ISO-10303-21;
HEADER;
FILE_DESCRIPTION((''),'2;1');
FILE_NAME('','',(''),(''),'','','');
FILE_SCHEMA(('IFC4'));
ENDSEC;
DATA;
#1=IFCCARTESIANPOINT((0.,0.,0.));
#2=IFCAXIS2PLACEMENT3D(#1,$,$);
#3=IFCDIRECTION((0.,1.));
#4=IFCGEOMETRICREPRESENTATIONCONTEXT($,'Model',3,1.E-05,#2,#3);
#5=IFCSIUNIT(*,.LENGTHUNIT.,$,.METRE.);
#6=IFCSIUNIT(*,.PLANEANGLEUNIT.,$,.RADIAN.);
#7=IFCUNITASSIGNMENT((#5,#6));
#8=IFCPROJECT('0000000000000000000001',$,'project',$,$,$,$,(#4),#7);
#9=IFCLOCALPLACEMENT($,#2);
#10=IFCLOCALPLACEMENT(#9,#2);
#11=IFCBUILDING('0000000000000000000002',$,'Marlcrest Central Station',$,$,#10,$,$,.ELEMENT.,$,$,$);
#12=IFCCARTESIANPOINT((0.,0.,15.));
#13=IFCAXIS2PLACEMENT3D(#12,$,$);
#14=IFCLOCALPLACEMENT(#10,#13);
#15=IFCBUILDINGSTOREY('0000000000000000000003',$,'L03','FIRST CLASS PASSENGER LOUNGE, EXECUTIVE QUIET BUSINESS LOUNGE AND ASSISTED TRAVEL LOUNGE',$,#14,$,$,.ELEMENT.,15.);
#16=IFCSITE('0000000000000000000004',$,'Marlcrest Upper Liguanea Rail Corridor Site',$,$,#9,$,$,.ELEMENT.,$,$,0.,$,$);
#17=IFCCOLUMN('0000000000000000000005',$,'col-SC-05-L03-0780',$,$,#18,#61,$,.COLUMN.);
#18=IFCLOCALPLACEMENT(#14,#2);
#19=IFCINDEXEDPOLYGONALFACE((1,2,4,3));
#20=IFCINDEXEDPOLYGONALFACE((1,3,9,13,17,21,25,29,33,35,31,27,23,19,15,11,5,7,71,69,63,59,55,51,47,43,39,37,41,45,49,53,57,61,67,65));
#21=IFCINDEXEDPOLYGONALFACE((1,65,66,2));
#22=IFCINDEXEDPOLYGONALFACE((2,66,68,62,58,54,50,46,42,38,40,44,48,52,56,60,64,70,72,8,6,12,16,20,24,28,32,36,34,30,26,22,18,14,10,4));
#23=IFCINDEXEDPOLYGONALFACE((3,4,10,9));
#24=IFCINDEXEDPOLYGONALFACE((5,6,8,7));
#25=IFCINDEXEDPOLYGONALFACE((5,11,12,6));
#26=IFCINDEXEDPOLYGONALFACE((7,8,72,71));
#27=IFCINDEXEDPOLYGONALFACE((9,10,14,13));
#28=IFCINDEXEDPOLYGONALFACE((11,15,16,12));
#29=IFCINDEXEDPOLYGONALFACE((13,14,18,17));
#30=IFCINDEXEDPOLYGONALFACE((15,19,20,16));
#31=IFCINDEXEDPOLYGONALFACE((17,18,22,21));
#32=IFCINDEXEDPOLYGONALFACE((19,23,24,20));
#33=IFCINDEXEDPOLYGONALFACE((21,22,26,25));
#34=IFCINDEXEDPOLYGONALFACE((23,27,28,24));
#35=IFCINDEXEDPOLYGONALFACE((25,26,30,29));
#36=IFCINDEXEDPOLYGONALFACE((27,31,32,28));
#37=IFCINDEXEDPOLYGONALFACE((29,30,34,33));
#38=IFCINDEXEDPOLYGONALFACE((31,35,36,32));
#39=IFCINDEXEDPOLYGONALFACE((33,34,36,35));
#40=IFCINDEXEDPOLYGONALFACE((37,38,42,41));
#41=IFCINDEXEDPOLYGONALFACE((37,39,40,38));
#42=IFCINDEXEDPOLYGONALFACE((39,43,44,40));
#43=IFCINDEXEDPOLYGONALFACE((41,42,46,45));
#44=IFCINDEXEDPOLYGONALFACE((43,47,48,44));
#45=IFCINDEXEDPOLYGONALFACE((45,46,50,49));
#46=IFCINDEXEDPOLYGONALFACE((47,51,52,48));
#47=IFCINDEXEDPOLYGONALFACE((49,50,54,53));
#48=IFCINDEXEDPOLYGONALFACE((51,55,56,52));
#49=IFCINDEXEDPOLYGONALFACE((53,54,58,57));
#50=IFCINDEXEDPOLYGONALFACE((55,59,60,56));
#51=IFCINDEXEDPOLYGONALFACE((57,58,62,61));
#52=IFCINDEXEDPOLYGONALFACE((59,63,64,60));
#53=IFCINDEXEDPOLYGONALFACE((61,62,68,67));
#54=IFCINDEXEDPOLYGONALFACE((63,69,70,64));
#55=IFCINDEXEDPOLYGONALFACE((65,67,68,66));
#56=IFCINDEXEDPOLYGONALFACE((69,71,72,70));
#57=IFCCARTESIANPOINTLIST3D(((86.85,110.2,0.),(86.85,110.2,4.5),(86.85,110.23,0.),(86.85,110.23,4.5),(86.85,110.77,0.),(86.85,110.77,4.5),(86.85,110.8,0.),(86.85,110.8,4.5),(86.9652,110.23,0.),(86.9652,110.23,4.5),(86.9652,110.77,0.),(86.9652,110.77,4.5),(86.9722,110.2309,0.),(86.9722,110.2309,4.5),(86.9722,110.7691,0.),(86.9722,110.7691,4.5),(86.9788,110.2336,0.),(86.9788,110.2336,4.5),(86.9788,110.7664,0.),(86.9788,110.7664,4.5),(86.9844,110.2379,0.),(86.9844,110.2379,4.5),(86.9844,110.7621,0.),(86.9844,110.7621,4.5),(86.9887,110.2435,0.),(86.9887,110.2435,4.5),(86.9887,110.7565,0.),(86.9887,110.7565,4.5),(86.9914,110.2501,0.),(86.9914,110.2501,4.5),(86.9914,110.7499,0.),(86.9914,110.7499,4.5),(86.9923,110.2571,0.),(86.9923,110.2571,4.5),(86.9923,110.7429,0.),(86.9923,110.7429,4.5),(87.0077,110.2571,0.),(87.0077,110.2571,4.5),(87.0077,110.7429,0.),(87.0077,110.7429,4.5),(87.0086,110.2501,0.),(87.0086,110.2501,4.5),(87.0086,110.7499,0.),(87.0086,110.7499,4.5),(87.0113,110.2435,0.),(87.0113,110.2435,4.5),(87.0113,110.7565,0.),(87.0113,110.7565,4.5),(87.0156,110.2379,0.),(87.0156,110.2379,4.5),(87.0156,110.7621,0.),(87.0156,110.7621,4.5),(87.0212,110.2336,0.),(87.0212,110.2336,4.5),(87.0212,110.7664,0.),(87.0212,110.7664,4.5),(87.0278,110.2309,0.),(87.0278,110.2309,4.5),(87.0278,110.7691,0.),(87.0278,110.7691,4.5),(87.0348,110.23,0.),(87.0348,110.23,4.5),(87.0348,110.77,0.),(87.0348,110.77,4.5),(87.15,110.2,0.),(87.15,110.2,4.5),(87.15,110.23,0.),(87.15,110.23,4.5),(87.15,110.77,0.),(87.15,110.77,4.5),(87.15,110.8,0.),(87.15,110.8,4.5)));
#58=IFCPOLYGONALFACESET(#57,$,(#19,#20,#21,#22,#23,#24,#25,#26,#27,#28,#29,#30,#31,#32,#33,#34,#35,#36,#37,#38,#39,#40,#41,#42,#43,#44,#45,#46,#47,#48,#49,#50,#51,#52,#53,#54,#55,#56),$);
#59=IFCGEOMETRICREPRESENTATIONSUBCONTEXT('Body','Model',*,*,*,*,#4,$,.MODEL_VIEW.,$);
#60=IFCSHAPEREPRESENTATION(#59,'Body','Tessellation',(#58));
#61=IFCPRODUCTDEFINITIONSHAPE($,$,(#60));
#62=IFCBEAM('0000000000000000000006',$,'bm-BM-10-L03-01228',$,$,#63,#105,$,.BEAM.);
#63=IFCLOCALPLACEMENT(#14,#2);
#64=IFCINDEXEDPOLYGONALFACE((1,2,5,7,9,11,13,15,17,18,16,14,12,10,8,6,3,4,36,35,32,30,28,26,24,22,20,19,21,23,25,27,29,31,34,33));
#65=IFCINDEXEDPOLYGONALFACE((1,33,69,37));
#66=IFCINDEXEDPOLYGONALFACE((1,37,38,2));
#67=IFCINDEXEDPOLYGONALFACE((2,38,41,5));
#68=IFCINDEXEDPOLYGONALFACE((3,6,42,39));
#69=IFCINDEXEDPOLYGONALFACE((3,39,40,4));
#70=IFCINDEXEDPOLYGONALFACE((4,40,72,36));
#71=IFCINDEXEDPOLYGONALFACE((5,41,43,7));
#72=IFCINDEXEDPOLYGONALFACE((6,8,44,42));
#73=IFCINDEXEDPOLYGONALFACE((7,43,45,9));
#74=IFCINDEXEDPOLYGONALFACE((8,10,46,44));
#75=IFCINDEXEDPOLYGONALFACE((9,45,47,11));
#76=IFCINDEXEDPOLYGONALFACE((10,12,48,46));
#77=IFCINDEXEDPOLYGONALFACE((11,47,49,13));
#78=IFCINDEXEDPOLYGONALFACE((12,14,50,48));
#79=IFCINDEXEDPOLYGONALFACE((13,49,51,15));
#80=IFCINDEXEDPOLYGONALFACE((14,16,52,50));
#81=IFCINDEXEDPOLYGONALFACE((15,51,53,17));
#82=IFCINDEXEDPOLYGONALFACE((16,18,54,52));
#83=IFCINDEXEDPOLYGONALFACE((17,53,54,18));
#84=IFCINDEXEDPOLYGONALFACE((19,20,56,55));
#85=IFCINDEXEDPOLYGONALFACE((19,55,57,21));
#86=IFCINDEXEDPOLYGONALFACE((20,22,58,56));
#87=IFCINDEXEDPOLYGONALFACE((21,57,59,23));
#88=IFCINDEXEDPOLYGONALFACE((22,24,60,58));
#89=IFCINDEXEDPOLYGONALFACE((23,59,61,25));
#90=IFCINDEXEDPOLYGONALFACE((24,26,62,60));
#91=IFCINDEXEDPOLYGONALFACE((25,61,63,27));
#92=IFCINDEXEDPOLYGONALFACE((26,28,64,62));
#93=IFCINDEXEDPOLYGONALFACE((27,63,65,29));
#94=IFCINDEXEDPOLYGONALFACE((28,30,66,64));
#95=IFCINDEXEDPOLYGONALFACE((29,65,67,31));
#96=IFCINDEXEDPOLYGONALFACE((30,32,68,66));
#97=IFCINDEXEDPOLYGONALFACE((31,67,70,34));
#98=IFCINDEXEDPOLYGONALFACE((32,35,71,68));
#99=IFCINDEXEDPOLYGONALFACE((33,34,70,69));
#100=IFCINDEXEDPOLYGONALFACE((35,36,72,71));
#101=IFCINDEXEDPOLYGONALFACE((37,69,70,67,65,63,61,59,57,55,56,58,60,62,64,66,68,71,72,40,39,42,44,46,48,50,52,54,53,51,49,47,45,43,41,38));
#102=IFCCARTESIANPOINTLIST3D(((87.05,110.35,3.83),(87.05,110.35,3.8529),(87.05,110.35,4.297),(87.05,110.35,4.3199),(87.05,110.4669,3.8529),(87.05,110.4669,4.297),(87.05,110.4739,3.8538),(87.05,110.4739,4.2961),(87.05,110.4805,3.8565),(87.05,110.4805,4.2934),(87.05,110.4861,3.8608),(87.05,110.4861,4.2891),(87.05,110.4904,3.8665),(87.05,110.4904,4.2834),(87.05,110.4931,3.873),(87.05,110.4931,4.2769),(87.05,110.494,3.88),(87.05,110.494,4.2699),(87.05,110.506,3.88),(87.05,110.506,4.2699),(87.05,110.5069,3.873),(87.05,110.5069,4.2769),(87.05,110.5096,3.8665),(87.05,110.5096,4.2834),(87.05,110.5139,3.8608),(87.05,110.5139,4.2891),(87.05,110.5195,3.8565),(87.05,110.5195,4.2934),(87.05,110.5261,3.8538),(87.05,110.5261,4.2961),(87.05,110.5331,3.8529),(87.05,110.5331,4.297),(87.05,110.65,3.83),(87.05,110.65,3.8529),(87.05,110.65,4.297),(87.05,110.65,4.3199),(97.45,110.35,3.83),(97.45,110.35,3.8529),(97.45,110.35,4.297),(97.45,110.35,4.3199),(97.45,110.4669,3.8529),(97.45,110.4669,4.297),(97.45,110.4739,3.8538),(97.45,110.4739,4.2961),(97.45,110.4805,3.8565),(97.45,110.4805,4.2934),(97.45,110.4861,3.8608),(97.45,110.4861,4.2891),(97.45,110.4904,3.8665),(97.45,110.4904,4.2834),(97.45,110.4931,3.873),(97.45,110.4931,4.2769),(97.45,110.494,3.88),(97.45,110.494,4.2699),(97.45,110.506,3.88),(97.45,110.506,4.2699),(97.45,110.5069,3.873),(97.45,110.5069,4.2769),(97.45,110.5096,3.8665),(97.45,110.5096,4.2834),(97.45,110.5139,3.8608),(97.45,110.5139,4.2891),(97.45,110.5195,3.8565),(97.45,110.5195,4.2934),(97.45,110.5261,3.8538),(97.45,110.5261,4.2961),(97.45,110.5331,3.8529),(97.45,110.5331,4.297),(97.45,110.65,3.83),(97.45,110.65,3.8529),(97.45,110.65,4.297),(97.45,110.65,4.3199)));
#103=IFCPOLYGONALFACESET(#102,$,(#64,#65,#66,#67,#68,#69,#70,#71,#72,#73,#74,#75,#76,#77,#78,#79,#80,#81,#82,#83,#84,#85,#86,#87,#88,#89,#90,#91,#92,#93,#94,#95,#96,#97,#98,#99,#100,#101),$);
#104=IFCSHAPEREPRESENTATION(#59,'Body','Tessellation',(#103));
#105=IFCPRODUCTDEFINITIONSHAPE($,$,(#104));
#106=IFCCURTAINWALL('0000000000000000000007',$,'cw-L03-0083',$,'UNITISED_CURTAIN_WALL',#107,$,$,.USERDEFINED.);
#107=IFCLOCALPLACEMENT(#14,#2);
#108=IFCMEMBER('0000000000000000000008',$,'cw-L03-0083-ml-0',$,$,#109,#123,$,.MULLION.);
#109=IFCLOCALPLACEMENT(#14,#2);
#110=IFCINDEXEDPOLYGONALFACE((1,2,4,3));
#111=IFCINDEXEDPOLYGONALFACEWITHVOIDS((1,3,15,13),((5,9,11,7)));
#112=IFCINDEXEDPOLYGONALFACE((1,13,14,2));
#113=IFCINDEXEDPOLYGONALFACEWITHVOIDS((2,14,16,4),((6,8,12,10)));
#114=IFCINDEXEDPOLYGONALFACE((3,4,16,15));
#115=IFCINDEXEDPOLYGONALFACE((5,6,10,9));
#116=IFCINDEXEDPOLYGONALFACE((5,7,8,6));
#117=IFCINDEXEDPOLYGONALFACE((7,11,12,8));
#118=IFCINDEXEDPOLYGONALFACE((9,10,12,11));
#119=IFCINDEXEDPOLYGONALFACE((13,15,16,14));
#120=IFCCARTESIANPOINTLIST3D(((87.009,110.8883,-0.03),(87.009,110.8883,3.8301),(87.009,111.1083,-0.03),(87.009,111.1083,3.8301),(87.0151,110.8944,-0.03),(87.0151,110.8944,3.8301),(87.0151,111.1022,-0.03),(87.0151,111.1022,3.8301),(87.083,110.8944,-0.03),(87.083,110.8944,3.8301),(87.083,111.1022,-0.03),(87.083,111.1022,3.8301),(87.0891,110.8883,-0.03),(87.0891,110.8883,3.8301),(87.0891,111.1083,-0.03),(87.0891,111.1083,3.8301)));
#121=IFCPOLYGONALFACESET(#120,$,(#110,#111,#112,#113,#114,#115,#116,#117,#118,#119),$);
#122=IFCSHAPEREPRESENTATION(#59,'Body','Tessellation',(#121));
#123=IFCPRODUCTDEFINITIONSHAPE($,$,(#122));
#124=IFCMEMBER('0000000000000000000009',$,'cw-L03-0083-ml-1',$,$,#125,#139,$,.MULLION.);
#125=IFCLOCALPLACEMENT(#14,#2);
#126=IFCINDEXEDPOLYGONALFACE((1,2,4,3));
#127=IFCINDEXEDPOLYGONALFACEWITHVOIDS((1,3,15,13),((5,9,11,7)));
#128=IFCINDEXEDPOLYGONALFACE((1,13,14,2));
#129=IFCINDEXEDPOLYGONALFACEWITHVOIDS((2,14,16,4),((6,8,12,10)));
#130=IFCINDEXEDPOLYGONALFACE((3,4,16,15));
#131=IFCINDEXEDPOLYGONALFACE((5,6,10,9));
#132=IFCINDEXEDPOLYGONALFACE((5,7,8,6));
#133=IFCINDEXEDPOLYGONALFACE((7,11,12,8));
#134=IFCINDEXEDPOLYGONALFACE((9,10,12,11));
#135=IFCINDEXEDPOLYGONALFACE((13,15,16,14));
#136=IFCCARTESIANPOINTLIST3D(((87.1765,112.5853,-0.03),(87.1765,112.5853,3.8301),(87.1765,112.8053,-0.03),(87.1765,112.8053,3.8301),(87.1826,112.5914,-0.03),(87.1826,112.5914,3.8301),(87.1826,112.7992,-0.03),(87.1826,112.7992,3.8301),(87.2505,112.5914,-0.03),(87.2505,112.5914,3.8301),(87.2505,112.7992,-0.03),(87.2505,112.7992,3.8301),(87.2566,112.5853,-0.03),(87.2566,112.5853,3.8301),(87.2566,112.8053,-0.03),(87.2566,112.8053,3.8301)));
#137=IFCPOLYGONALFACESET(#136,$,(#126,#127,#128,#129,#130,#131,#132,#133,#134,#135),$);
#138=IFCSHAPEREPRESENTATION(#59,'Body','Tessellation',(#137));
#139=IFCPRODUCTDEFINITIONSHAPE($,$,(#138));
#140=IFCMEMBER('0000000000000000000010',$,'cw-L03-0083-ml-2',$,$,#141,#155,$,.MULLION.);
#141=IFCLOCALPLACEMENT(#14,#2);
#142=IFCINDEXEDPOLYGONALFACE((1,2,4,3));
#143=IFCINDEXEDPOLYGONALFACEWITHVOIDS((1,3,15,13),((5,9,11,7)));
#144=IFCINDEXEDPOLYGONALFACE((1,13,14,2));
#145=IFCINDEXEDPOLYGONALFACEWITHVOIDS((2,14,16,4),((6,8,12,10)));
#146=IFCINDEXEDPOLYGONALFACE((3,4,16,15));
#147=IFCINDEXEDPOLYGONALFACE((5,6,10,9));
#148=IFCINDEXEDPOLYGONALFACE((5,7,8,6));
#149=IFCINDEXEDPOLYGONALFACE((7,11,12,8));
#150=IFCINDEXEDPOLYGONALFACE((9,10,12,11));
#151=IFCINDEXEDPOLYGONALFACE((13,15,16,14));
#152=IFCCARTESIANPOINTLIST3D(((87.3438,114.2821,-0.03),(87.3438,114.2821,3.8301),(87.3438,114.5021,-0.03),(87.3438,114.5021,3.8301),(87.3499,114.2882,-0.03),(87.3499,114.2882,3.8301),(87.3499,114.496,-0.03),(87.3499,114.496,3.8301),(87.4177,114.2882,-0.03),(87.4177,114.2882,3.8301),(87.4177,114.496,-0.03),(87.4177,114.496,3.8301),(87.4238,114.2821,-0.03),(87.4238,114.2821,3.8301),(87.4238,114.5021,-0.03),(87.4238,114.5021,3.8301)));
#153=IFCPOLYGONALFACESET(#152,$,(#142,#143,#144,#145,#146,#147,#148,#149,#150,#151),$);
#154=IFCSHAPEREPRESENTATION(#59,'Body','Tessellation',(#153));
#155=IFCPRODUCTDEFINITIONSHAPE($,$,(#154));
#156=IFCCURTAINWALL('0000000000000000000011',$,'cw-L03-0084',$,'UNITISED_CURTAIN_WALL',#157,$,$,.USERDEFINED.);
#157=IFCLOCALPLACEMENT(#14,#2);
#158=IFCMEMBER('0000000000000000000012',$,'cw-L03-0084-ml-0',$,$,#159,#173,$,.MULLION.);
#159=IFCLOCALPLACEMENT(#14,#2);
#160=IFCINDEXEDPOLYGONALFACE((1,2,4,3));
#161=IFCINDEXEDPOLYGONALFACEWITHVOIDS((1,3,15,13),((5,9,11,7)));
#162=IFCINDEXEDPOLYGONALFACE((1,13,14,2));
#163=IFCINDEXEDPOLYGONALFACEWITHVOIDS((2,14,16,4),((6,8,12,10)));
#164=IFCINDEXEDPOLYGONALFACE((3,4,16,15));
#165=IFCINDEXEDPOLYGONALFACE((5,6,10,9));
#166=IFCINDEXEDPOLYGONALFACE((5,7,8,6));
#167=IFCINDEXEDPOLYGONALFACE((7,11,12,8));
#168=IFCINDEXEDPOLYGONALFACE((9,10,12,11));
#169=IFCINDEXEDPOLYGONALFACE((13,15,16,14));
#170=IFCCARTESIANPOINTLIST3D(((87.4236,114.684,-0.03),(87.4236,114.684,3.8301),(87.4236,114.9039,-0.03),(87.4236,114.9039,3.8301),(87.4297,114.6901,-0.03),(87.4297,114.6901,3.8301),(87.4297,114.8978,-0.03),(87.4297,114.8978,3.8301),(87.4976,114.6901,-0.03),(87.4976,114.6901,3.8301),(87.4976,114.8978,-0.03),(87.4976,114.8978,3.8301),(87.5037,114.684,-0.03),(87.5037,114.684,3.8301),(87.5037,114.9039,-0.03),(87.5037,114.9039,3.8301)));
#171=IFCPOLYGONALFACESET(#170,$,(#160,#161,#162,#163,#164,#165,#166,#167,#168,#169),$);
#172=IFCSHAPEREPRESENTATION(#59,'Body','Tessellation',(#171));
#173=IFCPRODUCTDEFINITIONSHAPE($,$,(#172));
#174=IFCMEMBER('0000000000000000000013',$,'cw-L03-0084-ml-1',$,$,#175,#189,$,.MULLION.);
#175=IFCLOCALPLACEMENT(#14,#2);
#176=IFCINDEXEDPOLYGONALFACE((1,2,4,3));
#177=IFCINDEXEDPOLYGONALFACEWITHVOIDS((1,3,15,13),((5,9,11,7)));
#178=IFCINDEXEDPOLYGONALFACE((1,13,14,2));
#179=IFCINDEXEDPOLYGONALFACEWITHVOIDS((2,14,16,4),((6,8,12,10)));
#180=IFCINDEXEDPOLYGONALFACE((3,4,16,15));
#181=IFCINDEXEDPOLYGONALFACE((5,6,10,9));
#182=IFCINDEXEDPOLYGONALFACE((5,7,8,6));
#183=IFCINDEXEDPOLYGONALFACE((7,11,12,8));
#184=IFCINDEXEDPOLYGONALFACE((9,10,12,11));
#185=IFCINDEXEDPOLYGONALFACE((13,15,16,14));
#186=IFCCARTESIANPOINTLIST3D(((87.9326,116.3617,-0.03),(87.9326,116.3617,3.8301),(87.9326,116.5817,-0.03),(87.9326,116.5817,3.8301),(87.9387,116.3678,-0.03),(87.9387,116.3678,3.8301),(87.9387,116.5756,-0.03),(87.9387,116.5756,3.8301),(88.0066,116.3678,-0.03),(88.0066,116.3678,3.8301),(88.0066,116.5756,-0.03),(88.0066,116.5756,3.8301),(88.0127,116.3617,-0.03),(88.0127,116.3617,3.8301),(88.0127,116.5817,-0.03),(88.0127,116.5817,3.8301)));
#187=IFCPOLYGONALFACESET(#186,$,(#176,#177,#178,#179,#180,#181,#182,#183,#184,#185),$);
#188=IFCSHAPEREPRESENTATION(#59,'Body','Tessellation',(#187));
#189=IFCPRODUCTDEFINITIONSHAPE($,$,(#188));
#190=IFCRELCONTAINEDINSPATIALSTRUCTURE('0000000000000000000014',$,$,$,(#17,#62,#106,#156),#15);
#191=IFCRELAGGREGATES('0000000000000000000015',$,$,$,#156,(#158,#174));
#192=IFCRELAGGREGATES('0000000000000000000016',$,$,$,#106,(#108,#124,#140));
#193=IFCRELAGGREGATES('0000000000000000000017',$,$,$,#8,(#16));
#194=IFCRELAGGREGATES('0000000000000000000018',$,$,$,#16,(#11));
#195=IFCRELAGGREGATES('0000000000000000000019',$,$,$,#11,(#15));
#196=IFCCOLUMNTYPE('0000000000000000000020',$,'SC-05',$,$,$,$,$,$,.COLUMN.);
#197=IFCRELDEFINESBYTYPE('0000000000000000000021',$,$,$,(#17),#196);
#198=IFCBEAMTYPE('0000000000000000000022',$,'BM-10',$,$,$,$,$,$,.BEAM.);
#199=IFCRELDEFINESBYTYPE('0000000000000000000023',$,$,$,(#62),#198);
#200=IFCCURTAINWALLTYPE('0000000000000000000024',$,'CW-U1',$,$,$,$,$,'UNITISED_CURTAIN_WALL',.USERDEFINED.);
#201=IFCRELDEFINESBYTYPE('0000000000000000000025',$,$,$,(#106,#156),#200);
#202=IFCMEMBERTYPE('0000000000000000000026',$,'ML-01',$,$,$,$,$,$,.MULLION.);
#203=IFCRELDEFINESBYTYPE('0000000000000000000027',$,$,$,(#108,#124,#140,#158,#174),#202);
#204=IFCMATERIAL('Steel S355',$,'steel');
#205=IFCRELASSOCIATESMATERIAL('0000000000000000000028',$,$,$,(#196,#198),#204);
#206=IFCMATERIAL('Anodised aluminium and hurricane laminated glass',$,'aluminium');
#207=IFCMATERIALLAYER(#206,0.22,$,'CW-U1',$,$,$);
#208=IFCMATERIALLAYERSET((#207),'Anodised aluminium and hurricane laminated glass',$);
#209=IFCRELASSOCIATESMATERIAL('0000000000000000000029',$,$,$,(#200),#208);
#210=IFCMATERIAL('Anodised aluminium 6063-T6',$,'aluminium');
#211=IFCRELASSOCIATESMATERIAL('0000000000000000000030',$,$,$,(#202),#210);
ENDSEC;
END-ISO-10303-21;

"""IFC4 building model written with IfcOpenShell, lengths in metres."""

from ifc_helpers import new_model, si_unit, direction, frame, origin, origin_2d, place, context, subcontext, project, spatial, hollow_rectangle, i_section, extrude, material, layer, layer_set, material_profile, profile_set, type_object, element, aggregate, save


model = new_model("IFC4")

# Units and contexts
model_context = context("Model", 3, precision=1e-05, world=origin(), true_north=direction((0.0, 1.0)))
body_context = subcontext(model_context, "Body", "Model", "MODEL_VIEW")
ifc_project = project(units=[si_unit("LENGTHUNIT", "METRE"), si_unit("PLANEANGLEUNIT", "RADIAN")], contexts=[model_context])

# Site, building, storey
site_placement = place(None, origin())
site = spatial("IfcSite", under=ifc_project, at=site_placement, Name="Marlcrest Upper Liguanea Rail Corridor Site", CompositionType="ELEMENT", RefElevation=0.0)
building_placement = place(site_placement, origin())
building = spatial("IfcBuilding", under=site, at=building_placement, Name="Marlcrest Central Station", CompositionType="ELEMENT")
storey_placement = place(building_placement, frame((0.0, 0.0, 15.0)))
storey = spatial("IfcBuildingStorey", under=building, at=storey_placement, Name="L03", Description="FIRST CLASS PASSENGER LOUNGE, EXECUTIVE QUIET BUSINESS LOUNGE AND ASSISTED TRAVEL LOUNGE", CompositionType="ELEMENT", Elevation=15.0)

# Column
ifc_material_1 = material(Name="Steel S355", Category="steel")
ifc_material_profile_1 = material_profile(ifc_material_1, i_section(OverallWidth=0.3, OverallDepth=0.6001, WebThickness=0.0154, FlangeThickness=0.03, FilletRadius=0.0271, at=origin_2d()), Name="HEB 600")
ifc_profile_set_1 = profile_set([ifc_material_profile_1], Name="Steel S355")
column_type = type_object("IfcColumnType", Name="SC-05", PredefinedType="COLUMN", material=ifc_profile_set_1)
column_placement = place(storey_placement, frame((87.0, 110.5, 0.0), z_axis=(0.0, 0.0, 1.0), x_axis=(1.0, 0.0, 0.0)))
element("IfcColumn", 1, at=column_placement, inside=storey, type_object=column_type, Name="col-SC-05-L03-0780", PredefinedType="COLUMN", context=body_context, shape_type="SweptSolid", body=[
    extrude(i_section(OverallWidth=0.3, OverallDepth=0.6001, WebThickness=0.0154, FlangeThickness=0.03, FilletRadius=0.0271, at=origin_2d()), origin(), (0.0, 0.0, 1.0), 4.5),
])

# Beam
ifc_material_profile_2 = material_profile(ifc_material_1, i_section(OverallWidth=0.3, OverallDepth=0.49, WebThickness=0.012, FlangeThickness=0.0229, FilletRadius=0.0271, at=origin_2d()), Name="HEA 500")
ifc_profile_set_2 = profile_set([ifc_material_profile_2], Name="Steel S355")
beam_type_1 = type_object("IfcBeamType", Name="BM-10", PredefinedType="BEAM", material=ifc_profile_set_2)
beam_1_placement = place(storey_placement, frame((87.05, 110.5, 4.075), z_axis=(1.0, 0.0, 0.0), x_axis=(0.0, 1.0, 0.0)))
element("IfcBeam", 2, at=beam_1_placement, inside=storey, type_object=beam_type_1, Name="bm-BM-10-L03-01228", PredefinedType="BEAM", context=body_context, shape_type="SweptSolid", body=[
    extrude(i_section(OverallWidth=0.3, OverallDepth=0.49, WebThickness=0.012, FlangeThickness=0.0229, FilletRadius=0.0271, at=origin_2d()), origin(), (0.0, 0.0, 1.0), 10.3999),
])

# Curtain walls, members
ifc_material_2 = material(Name="Anodised aluminium and hurricane laminated glass", Category="aluminium")
ifc_layer_1 = layer(ifc_material_2, 0.22, Name="CW-U1")
ifc_layer_set_1 = layer_set([ifc_layer_1], Name="Anodised aluminium and hurricane laminated glass")
curtain_wall_type = type_object("IfcCurtainWallType", Name="CW-U1", ElementType="UNITISED_CURTAIN_WALL", PredefinedType="USERDEFINED", material=ifc_layer_set_1)
curtain_wall_1_placement = place(storey_placement, origin())
curtain_wall_1 = element("IfcCurtainWall", 3, at=curtain_wall_1_placement, inside=storey, type_object=curtain_wall_type, Name="cw-L03-0083", ObjectType="UNITISED_CURTAIN_WALL", PredefinedType="USERDEFINED")
ifc_material_3 = material(Name="Anodised aluminium 6063-T6", Category="aluminium")
ifc_material_profile_3 = material_profile(ifc_material_3, hollow_rectangle(XDim=0.0801, YDim=0.22, WallThickness=0.0061, at=origin_2d()), Name="AA-RHS 220x80x6")
ifc_profile_set_3 = profile_set([ifc_material_profile_3], Name="Anodised aluminium 6063-T6")
member_type_1 = type_object("IfcMemberType", Name="ML-01", PredefinedType="MULLION", material=ifc_profile_set_3)
member_1_placement = place(storey_placement, frame((87.0491, 110.9983, -0.03), z_axis=(0.0, 0.0, 1.0), x_axis=(1.0, 0.0, 0.0)))
member_1 = element("IfcMember", 4, at=member_1_placement, type_object=member_type_1, Name="cw-L03-0083-ml-0", PredefinedType="MULLION", context=body_context, shape_type="SweptSolid", body=[
    extrude(hollow_rectangle(XDim=0.0801, YDim=0.22, WallThickness=0.0061, at=origin_2d()), origin(), (0.0, 0.0, 1.0), 3.8601),
])
member_2_placement = place(storey_placement, frame((87.2166, 112.6953, -0.03), z_axis=(0.0, 0.0, 1.0), x_axis=(1.0, 0.0, 0.0)))
member_2 = element("IfcMember", 5, at=member_2_placement, type_object=member_type_1, Name="cw-L03-0083-ml-1", PredefinedType="MULLION", context=body_context, shape_type="SweptSolid", body=[
    extrude(hollow_rectangle(XDim=0.0801, YDim=0.22, WallThickness=0.0061, at=origin_2d()), origin(), (0.0, 0.0, 1.0), 3.8601),
])
member_3_placement = place(storey_placement, frame((87.3838, 114.3921, -0.03), z_axis=(0.0, 0.0, 1.0), x_axis=(1.0, 0.0, 0.0)))
member_3 = element("IfcMember", 6, at=member_3_placement, type_object=member_type_1, Name="cw-L03-0083-ml-2", PredefinedType="MULLION", context=body_context, shape_type="SweptSolid", body=[
    extrude(hollow_rectangle(XDim=0.0801, YDim=0.22, WallThickness=0.0061, at=origin_2d()), origin(), (0.0, 0.0, 1.0), 3.8601),
])
curtain_wall_2_placement = place(storey_placement, origin())
curtain_wall_2 = element("IfcCurtainWall", 7, at=curtain_wall_2_placement, inside=storey, type_object=curtain_wall_type, Name="cw-L03-0084", ObjectType="UNITISED_CURTAIN_WALL", PredefinedType="USERDEFINED")
member_4_placement = place(storey_placement, frame((87.4636, 114.7939, -0.03), z_axis=(0.0, 0.0, 1.0), x_axis=(1.0, 0.0, 0.0)))
member_4 = element("IfcMember", 8, at=member_4_placement, type_object=member_type_1, Name="cw-L03-0084-ml-0", PredefinedType="MULLION", context=body_context, shape_type="SweptSolid", body=[
    extrude(hollow_rectangle(XDim=0.0801, YDim=0.22, WallThickness=0.0061, at=origin_2d()), origin(), (0.0, 0.0, 1.0), 3.8601),
])
member_5_placement = place(storey_placement, frame((87.9727, 116.4717, -0.03), z_axis=(0.0, 0.0, 1.0), x_axis=(1.0, 0.0, 0.0)))
member_5 = element("IfcMember", 9, at=member_5_placement, type_object=member_type_1, Name="cw-L03-0084-ml-1", PredefinedType="MULLION", context=body_context, shape_type="SweptSolid", body=[
    extrude(hollow_rectangle(XDim=0.0801, YDim=0.22, WallThickness=0.0061, at=origin_2d()), origin(), (0.0, 0.0, 1.0), 3.8601),
])

aggregate(curtain_wall_2, [member_4, member_5])
aggregate(curtain_wall_1, [member_1, member_2, member_3])

save(model, "model.ifc")
